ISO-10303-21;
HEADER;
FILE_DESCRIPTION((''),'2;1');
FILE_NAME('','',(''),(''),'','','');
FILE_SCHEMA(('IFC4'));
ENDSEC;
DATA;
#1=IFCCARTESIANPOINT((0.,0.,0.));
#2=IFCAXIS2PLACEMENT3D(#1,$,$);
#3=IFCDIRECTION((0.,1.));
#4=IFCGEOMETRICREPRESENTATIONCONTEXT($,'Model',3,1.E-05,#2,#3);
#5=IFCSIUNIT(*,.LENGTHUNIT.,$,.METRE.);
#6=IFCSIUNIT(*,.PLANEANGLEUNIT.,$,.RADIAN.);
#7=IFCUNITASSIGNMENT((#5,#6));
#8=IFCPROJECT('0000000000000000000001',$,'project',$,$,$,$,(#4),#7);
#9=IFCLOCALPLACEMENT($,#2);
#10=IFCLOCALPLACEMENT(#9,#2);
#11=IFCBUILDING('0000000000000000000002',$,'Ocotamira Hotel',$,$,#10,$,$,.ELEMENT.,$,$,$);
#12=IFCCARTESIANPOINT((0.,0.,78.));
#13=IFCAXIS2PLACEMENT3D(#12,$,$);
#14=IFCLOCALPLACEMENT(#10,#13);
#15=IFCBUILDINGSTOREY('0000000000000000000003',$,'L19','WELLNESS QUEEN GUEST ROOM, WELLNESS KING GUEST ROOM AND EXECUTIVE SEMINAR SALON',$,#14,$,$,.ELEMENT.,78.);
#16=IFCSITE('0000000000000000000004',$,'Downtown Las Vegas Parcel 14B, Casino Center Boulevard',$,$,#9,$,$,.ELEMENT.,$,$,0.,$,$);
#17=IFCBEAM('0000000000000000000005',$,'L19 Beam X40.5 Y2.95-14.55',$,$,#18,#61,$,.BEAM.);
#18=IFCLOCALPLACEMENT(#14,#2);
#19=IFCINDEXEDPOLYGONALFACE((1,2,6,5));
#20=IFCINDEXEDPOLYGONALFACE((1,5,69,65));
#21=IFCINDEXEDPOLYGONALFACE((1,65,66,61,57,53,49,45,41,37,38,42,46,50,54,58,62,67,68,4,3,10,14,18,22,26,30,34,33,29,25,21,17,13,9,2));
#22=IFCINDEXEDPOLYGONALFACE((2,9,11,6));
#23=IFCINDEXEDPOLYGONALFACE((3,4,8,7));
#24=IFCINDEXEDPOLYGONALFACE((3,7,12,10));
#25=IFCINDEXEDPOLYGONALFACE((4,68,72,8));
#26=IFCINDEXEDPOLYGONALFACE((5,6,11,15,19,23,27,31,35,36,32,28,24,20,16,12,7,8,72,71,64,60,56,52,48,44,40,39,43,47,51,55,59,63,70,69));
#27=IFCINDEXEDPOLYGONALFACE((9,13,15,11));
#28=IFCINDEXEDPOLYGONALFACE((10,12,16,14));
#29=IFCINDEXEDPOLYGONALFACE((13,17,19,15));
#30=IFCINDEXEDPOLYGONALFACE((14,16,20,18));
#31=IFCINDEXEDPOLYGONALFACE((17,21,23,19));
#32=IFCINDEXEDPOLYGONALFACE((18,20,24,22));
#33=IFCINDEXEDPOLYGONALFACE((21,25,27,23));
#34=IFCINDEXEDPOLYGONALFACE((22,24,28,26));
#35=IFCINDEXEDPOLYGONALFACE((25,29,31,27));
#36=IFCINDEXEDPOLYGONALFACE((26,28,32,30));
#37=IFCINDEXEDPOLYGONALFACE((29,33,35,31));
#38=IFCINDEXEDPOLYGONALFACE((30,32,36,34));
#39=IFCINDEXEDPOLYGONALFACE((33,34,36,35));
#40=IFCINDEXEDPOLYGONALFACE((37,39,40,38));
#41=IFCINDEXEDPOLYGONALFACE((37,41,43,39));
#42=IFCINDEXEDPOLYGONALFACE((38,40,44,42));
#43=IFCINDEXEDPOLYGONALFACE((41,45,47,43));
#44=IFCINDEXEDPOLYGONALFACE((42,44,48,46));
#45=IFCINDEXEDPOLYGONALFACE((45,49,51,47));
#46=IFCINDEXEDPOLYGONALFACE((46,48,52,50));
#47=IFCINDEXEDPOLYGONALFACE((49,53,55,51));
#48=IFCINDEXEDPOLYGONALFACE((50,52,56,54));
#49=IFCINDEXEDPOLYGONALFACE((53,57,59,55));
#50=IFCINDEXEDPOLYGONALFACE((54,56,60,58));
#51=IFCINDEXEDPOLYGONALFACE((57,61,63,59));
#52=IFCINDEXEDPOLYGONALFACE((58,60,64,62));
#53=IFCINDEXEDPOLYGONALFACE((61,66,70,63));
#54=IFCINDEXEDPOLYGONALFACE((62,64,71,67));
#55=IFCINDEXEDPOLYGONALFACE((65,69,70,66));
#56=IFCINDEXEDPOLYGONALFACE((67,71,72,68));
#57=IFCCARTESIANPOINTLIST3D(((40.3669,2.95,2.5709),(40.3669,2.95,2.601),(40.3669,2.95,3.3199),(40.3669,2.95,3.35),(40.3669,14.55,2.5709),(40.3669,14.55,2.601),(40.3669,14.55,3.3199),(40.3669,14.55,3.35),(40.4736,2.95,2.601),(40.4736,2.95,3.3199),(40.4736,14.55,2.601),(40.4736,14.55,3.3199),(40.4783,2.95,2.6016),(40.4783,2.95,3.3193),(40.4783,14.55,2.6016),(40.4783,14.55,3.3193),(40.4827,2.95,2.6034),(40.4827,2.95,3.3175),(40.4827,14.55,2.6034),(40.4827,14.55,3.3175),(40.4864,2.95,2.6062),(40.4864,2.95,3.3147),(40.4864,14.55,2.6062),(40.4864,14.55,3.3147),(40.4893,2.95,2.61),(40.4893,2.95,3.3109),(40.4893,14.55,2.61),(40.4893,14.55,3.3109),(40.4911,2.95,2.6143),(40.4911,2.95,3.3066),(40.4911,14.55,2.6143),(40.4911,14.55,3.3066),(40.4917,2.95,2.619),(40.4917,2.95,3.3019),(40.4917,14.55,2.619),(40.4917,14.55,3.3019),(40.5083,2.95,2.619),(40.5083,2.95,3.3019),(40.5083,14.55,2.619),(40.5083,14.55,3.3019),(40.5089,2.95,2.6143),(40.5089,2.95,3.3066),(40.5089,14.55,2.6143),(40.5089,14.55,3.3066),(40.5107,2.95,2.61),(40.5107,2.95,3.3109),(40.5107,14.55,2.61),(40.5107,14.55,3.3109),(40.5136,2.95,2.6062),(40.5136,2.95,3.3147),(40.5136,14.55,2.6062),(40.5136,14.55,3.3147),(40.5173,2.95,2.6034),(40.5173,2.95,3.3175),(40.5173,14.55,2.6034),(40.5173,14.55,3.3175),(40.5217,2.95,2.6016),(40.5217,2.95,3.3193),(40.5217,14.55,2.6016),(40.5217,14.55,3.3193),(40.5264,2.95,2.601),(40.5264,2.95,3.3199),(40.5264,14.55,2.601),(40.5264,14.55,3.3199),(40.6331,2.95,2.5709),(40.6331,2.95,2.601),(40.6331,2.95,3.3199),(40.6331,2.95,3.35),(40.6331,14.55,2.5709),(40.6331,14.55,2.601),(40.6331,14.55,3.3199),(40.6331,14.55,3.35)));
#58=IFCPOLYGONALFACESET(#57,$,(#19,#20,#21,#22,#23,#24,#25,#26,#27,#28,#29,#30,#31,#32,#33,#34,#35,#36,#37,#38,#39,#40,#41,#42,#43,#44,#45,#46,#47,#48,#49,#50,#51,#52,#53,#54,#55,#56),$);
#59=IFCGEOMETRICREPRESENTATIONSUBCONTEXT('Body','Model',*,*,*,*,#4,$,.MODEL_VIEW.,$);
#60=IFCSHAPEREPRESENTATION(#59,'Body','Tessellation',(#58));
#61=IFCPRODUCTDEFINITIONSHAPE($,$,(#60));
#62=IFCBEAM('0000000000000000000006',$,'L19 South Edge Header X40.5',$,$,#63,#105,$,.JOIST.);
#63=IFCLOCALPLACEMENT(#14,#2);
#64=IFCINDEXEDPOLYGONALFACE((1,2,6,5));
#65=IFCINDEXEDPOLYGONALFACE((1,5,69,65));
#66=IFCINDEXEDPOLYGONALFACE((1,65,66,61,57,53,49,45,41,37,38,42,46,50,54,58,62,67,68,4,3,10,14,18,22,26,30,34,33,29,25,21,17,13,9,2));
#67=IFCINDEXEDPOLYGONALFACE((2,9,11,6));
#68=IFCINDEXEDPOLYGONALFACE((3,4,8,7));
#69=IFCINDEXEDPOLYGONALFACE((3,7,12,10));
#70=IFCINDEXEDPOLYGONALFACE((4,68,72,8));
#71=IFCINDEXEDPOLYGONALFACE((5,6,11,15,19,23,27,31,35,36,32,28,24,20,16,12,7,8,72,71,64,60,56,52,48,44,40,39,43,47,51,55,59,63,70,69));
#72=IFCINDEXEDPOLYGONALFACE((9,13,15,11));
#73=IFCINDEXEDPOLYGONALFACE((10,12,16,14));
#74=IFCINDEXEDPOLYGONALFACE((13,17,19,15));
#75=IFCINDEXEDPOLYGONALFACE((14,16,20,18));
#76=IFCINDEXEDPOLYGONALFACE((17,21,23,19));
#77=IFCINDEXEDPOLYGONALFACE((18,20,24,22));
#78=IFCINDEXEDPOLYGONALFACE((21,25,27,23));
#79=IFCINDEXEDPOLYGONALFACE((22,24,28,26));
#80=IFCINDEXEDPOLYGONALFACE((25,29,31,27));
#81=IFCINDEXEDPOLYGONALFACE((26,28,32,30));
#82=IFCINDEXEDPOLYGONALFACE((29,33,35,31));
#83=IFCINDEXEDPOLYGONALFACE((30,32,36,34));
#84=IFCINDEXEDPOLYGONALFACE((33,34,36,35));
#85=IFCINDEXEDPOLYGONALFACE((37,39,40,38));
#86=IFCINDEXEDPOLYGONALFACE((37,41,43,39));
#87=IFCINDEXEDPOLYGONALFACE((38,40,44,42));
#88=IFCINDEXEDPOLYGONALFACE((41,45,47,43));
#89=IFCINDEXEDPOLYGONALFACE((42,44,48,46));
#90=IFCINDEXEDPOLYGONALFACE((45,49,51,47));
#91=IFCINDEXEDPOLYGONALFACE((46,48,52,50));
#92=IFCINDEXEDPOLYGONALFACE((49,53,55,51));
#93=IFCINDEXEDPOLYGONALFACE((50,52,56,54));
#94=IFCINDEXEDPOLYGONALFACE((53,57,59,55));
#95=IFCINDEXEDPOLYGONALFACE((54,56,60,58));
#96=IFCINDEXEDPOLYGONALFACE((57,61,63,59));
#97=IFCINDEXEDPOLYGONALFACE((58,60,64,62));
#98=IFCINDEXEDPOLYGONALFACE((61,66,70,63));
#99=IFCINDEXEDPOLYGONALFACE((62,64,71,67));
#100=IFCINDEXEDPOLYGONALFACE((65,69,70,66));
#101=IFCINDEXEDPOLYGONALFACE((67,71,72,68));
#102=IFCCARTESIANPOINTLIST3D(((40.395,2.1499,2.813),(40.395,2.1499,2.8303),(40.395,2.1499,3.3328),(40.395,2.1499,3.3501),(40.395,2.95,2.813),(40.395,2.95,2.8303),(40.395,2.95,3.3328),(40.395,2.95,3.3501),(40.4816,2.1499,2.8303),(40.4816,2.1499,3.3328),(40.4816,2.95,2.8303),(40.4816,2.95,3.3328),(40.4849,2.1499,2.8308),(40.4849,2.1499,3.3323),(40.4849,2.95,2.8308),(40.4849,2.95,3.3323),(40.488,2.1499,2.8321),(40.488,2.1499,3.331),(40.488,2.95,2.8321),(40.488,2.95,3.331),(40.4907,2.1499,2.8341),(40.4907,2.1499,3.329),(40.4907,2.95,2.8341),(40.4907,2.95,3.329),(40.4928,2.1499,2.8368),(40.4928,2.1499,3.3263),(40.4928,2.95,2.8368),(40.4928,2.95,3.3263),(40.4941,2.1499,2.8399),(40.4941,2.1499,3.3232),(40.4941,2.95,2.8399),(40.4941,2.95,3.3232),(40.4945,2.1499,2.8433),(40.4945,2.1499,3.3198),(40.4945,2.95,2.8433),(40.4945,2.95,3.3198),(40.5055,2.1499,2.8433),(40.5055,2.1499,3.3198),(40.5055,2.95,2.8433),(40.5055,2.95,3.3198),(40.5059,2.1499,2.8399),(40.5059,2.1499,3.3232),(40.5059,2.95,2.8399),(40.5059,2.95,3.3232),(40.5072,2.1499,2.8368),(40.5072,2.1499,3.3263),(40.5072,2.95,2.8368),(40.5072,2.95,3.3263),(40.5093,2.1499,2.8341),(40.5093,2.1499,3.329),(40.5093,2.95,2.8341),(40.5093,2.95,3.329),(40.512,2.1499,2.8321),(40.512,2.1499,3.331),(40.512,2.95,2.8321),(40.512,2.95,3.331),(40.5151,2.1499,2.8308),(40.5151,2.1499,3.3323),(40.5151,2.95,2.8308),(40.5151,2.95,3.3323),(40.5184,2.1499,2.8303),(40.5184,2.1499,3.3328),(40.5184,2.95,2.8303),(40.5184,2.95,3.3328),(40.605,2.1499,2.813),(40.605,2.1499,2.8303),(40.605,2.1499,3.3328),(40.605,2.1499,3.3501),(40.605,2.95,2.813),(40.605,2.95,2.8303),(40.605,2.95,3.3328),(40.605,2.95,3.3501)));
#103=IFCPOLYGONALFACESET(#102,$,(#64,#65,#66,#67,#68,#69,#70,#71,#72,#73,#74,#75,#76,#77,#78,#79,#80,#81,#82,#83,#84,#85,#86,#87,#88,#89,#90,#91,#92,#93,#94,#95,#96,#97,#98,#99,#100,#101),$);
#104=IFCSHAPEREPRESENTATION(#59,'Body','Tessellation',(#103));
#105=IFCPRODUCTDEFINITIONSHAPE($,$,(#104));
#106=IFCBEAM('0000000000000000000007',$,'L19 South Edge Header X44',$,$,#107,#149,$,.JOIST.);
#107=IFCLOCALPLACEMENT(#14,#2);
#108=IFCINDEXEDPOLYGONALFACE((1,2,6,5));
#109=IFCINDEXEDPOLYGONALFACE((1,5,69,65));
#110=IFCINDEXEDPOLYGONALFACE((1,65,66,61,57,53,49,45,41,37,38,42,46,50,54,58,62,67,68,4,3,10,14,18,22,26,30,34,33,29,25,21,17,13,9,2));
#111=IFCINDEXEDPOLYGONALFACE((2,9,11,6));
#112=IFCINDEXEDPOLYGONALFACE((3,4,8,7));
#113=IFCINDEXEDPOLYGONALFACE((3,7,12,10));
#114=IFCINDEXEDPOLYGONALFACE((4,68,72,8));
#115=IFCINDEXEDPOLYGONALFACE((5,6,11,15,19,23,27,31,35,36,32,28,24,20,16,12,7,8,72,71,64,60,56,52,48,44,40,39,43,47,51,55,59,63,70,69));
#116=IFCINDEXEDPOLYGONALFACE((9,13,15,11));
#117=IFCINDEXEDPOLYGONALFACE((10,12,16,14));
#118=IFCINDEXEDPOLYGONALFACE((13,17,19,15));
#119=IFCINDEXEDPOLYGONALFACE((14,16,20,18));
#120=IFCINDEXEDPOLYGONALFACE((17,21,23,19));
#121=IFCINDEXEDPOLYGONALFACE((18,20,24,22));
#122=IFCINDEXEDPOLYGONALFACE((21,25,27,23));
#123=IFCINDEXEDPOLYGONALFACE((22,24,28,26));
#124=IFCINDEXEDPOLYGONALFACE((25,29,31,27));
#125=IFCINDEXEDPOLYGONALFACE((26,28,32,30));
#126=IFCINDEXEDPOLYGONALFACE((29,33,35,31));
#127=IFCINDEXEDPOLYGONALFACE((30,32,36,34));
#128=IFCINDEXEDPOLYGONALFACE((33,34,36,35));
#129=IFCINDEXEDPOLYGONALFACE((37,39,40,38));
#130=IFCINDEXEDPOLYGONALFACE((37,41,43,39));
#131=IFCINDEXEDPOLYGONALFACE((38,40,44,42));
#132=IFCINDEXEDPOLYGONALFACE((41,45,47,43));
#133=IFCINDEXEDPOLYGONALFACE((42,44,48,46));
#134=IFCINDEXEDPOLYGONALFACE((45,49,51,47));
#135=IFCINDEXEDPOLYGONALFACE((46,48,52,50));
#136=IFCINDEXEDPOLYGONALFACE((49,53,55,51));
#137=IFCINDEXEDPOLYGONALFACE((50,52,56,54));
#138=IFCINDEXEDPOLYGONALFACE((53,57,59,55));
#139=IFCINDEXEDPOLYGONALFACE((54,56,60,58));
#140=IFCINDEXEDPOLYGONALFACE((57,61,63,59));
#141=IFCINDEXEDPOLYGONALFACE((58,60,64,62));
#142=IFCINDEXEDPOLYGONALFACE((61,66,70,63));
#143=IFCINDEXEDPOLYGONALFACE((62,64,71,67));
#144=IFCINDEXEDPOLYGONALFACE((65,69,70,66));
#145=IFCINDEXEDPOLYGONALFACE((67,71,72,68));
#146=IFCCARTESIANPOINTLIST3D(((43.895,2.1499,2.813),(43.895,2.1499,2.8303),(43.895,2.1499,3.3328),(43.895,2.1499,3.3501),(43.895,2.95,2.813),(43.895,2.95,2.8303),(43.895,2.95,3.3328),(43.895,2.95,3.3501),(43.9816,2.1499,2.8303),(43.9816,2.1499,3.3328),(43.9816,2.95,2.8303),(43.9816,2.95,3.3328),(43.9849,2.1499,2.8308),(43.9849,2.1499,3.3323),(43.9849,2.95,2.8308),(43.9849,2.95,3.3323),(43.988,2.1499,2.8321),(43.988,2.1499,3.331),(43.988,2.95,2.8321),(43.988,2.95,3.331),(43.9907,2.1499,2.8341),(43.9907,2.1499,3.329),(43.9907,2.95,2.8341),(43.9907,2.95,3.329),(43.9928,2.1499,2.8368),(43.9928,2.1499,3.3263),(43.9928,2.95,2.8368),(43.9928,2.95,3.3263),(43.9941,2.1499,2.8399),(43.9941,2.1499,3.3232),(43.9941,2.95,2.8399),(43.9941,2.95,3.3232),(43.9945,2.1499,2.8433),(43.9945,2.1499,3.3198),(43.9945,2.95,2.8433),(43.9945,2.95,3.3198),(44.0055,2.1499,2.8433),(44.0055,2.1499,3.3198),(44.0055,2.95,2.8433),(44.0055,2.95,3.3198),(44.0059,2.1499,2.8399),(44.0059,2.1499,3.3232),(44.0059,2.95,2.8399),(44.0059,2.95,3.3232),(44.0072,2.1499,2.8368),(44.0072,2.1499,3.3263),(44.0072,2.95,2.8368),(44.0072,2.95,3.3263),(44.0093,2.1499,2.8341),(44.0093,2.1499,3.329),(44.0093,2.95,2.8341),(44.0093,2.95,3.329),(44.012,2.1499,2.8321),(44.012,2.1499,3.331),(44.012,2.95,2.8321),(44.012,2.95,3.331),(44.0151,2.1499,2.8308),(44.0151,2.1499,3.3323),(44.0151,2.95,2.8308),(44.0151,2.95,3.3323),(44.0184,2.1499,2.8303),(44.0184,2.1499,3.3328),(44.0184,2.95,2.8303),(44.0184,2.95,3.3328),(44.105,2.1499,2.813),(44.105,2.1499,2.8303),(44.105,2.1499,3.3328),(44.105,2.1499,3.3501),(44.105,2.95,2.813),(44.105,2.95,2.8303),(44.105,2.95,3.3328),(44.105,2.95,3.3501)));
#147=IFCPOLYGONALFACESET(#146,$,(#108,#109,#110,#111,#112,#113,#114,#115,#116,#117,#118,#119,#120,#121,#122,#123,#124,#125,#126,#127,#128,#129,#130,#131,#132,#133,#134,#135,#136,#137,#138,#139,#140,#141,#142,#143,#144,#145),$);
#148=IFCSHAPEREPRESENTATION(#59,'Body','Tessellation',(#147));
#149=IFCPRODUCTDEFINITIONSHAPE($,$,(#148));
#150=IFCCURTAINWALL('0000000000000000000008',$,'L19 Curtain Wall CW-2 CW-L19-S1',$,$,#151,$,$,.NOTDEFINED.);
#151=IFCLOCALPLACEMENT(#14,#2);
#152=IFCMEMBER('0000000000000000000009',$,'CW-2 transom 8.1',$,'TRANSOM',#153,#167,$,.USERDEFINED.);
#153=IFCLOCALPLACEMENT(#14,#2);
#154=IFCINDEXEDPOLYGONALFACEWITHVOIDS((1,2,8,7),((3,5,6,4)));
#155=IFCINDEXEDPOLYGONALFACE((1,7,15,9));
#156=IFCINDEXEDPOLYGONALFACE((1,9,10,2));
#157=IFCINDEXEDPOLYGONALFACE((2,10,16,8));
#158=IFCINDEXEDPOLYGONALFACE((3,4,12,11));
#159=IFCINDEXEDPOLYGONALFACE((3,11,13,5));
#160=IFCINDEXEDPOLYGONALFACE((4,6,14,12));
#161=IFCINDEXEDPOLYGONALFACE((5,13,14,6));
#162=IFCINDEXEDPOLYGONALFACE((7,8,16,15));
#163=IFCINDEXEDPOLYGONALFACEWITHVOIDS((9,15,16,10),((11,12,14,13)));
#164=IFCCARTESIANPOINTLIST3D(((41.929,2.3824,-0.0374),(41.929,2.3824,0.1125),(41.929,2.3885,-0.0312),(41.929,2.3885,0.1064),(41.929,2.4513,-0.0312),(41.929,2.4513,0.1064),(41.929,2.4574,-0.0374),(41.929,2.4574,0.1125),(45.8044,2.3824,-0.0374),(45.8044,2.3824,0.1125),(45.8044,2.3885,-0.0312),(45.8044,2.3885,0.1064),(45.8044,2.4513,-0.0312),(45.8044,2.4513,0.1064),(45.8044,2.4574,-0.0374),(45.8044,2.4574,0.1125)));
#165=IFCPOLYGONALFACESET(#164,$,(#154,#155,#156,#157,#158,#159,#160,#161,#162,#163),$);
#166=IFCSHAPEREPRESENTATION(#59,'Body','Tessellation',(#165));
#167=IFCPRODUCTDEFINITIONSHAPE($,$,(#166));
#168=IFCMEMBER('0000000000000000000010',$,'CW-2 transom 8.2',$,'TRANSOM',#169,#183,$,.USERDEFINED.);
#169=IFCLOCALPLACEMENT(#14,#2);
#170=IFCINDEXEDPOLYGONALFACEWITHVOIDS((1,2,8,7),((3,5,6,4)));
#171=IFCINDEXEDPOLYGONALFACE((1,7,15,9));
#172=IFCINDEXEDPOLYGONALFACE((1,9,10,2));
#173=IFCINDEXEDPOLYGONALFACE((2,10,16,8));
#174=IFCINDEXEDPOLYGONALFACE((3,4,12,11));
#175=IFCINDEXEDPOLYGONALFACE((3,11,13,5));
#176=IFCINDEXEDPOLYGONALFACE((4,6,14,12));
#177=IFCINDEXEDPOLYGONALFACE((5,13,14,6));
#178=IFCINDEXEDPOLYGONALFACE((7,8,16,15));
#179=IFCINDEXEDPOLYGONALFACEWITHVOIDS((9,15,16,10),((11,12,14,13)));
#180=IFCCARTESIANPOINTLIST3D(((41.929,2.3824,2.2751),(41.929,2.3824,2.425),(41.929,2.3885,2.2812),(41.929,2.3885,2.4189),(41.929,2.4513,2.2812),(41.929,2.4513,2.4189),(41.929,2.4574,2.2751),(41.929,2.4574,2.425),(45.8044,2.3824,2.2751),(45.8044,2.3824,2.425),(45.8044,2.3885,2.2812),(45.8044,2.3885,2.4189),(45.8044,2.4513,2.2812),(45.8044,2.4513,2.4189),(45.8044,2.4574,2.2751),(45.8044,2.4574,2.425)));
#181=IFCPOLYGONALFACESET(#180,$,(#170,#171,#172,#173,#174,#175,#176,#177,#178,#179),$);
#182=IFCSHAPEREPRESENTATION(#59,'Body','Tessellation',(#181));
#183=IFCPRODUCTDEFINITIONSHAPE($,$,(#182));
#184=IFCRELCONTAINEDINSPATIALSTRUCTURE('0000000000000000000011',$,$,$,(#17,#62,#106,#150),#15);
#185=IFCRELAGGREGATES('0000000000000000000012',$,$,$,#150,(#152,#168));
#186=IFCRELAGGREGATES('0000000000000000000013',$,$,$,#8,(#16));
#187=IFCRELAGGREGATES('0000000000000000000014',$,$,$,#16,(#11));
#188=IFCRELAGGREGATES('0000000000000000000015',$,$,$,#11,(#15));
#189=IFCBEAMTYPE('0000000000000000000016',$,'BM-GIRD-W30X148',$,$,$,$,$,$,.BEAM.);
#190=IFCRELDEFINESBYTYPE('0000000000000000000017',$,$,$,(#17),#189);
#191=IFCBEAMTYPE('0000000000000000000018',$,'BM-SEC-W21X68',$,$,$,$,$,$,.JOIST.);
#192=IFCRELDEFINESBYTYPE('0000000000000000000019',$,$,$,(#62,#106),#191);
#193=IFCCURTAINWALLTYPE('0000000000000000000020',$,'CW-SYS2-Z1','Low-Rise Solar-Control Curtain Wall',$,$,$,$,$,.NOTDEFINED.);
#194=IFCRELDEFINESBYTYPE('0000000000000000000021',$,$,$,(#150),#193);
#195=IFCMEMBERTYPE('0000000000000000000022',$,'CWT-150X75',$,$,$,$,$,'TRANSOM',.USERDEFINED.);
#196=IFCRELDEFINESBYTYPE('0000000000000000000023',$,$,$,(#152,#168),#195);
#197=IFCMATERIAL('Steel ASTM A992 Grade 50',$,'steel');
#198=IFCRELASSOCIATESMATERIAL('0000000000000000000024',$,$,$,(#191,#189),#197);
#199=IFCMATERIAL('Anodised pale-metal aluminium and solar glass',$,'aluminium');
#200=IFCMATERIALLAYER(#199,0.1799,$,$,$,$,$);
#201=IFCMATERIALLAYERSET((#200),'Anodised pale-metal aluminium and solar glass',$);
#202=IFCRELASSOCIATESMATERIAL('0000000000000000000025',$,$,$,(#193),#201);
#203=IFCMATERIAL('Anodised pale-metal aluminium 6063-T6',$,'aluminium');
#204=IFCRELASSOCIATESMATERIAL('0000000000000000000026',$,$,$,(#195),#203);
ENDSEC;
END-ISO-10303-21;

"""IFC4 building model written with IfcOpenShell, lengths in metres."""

from ifc_helpers import new_model, si_unit, direction, frame, origin, origin_2d, place, context, subcontext, project, spatial, hollow_rectangle, i_section, extrude, source, transform, mapped, material, layer, layer_set, material_profile, profile_set, type_object, element, aggregate, save


model = new_model("IFC4")

# Units and contexts
model_context = context("Model", 3, precision=1e-05, world=origin(), true_north=direction((0.0, 1.0)))
body_context = subcontext(model_context, "Body", "Model", "MODEL_VIEW")
ifc_project = project(units=[si_unit("LENGTHUNIT", "METRE"), si_unit("PLANEANGLEUNIT", "RADIAN")], contexts=[model_context])

# Site, building, storey
site_placement = place(None, origin())
site = spatial("IfcSite", under=ifc_project, at=site_placement, Name="Downtown Las Vegas Parcel 14B, Casino Center Boulevard", CompositionType="ELEMENT", RefElevation=0.0)
building_placement = place(site_placement, origin())
building = spatial("IfcBuilding", under=site, at=building_placement, Name="Ocotamira Hotel", CompositionType="ELEMENT")
storey_placement = place(building_placement, frame((0.0, 0.0, 78.0)))
storey = spatial("IfcBuildingStorey", under=building, at=storey_placement, Name="L19", Description="WELLNESS QUEEN GUEST ROOM, WELLNESS KING GUEST ROOM AND EXECUTIVE SEMINAR SALON", CompositionType="ELEMENT", Elevation=78.0)

# Beams
ifc_material_1 = material(Name="Steel ASTM A992 Grade 50", Category="steel")
ifc_material_profile_1 = material_profile(ifc_material_1, i_section(OverallWidth=0.21, OverallDepth=0.5371, WebThickness=0.011, FlangeThickness=0.0173, FilletRadius=0.0129, at=origin_2d()), Name="W21X68")
ifc_profile_set_1 = profile_set([ifc_material_profile_1], Name="Steel ASTM A992 Grade 50")
beam_type_1 = type_object("IfcBeamType", Name="BM-SEC-W21X68", PredefinedType="JOIST", material=ifc_profile_set_1)
ifc_material_profile_2 = material_profile(ifc_material_1, i_section(OverallWidth=0.2661, OverallDepth=0.7791, WebThickness=0.0166, FlangeThickness=0.03, FilletRadius=0.0181, at=origin_2d()), Name="W30X148")
ifc_profile_set_2 = profile_set([ifc_material_profile_2], Name="Steel ASTM A992 Grade 50")
beam_type_2 = type_object("IfcBeamType", Name="BM-GIRD-W30X148", PredefinedType="BEAM", material=ifc_profile_set_2)
shared_shape_1 = source(origin(), body_context, "Body", "SweptSolid", [
    extrude(i_section(OverallWidth=0.2661, OverallDepth=0.7791, WebThickness=0.0166, FlangeThickness=0.03, FilletRadius=0.0181, at=origin_2d()), origin(), (0.0, 0.0, 1.0), 11.6001),
])
beam_1_placement = place(storey_placement, frame((40.5, 2.95, 2.9604), z_axis=(0.0, 1.0, 0.0), x_axis=(-1.0, 0.0, 0.0)))
element("IfcBeam", 1, at=beam_1_placement, inside=storey, type_object=beam_type_2, Name="L19 Beam X40.5 Y2.95-14.55", PredefinedType="BEAM", context=body_context, shape_type="MappedRepresentation", body=[
    mapped(shared_shape_1, transform((0.0, 0.0, 0.0), scale=1.0)),
])
shared_shape_2 = source(origin(), body_context, "Body", "SweptSolid", [
    extrude(i_section(OverallWidth=0.21, OverallDepth=0.5371, WebThickness=0.011, FlangeThickness=0.0173, FilletRadius=0.0129, at=origin_2d()), origin(), (0.0, 0.0, 1.0), 0.8),
])
for number, where, z_axis, x_axis, name in (
    (2, (40.5, 2.95, 3.0815), (0.0, -1.0, 0.0), (1.0, 0.0, 0.0), "L19 South Edge Header X40.5"),
    (3, (44.0, 2.95, 3.0815), (0.0, -1.0, 0.0), (1.0, 0.0, 0.0), "L19 South Edge Header X44"),
):
    element("IfcBeam", number, at=place(storey_placement, frame(where, z_axis=z_axis, x_axis=x_axis)), inside=storey, type_object=beam_type_1, Name=name, PredefinedType="JOIST", context=body_context, shape_type="MappedRepresentation", body=[
        mapped(shared_shape_2, transform((0.0, 0.0, 0.0), scale=1.0)),
    ])

# Curtain wall, members
ifc_material_2 = material(Name="Anodised pale-metal aluminium and solar glass", Category="aluminium")
ifc_layer_1 = layer(ifc_material_2, 0.1799)
ifc_layer_set_1 = layer_set([ifc_layer_1], Name="Anodised pale-metal aluminium and solar glass")
curtain_wall_type = type_object("IfcCurtainWallType", Name="CW-SYS2-Z1", Description="Low-Rise Solar-Control Curtain Wall", PredefinedType="NOTDEFINED", material=ifc_layer_set_1)
curtain_wall_placement = place(storey_placement, origin())
curtain_wall = element("IfcCurtainWall", 4, at=curtain_wall_placement, inside=storey, type_object=curtain_wall_type, Name="L19 Curtain Wall CW-2 CW-L19-S1", PredefinedType="NOTDEFINED")
ifc_material_3 = material(Name="Anodised pale-metal aluminium 6063-T6", Category="aluminium")
ifc_material_profile_3 = material_profile(ifc_material_3, hollow_rectangle(XDim=0.075, YDim=0.1499, WallThickness=0.0061, at=origin_2d()), Name="HSS150X75X6")
ifc_profile_set_3 = profile_set([ifc_material_profile_3], Name="Anodised pale-metal aluminium 6063-T6")
member_type_1 = type_object("IfcMemberType", Name="CWT-150X75", ElementType="TRANSOM", PredefinedType="USERDEFINED", material=ifc_profile_set_3)
shared_shape_3 = source(origin(), body_context, "Body", "SweptSolid", [
    extrude(hollow_rectangle(XDim=0.075, YDim=0.1499, WallThickness=0.0061, at=origin_2d()), origin(), (0.0, 0.0, 1.0), 3.8755),
])
member_1_placement = place(storey_placement, frame((41.929, 2.4199, 0.0376), z_axis=(1.0, 0.0, 0.0), x_axis=(0.0, 1.0, 0.0)))
member_1 = element("IfcMember", 5, at=member_1_placement, type_object=member_type_1, Name="CW-2 transom 8.1", ObjectType="TRANSOM", PredefinedType="USERDEFINED", context=body_context, shape_type="MappedRepresentation", body=[
    mapped(shared_shape_3, transform((0.0, 0.0, 0.0), scale=1.0)),
])
member_2_placement = place(storey_placement, frame((41.929, 2.4199, 2.3501), z_axis=(1.0, 0.0, 0.0), x_axis=(0.0, 1.0, 0.0)))
member_2 = element("IfcMember", 6, at=member_2_placement, type_object=member_type_1, Name="CW-2 transom 8.2", ObjectType="TRANSOM", PredefinedType="USERDEFINED", context=body_context, shape_type="MappedRepresentation", body=[
    mapped(shared_shape_3, transform((0.0, 0.0, 0.0), scale=1.0)),
])
aggregate(curtain_wall, [member_1, member_2])

save(model, "model.ifc")
